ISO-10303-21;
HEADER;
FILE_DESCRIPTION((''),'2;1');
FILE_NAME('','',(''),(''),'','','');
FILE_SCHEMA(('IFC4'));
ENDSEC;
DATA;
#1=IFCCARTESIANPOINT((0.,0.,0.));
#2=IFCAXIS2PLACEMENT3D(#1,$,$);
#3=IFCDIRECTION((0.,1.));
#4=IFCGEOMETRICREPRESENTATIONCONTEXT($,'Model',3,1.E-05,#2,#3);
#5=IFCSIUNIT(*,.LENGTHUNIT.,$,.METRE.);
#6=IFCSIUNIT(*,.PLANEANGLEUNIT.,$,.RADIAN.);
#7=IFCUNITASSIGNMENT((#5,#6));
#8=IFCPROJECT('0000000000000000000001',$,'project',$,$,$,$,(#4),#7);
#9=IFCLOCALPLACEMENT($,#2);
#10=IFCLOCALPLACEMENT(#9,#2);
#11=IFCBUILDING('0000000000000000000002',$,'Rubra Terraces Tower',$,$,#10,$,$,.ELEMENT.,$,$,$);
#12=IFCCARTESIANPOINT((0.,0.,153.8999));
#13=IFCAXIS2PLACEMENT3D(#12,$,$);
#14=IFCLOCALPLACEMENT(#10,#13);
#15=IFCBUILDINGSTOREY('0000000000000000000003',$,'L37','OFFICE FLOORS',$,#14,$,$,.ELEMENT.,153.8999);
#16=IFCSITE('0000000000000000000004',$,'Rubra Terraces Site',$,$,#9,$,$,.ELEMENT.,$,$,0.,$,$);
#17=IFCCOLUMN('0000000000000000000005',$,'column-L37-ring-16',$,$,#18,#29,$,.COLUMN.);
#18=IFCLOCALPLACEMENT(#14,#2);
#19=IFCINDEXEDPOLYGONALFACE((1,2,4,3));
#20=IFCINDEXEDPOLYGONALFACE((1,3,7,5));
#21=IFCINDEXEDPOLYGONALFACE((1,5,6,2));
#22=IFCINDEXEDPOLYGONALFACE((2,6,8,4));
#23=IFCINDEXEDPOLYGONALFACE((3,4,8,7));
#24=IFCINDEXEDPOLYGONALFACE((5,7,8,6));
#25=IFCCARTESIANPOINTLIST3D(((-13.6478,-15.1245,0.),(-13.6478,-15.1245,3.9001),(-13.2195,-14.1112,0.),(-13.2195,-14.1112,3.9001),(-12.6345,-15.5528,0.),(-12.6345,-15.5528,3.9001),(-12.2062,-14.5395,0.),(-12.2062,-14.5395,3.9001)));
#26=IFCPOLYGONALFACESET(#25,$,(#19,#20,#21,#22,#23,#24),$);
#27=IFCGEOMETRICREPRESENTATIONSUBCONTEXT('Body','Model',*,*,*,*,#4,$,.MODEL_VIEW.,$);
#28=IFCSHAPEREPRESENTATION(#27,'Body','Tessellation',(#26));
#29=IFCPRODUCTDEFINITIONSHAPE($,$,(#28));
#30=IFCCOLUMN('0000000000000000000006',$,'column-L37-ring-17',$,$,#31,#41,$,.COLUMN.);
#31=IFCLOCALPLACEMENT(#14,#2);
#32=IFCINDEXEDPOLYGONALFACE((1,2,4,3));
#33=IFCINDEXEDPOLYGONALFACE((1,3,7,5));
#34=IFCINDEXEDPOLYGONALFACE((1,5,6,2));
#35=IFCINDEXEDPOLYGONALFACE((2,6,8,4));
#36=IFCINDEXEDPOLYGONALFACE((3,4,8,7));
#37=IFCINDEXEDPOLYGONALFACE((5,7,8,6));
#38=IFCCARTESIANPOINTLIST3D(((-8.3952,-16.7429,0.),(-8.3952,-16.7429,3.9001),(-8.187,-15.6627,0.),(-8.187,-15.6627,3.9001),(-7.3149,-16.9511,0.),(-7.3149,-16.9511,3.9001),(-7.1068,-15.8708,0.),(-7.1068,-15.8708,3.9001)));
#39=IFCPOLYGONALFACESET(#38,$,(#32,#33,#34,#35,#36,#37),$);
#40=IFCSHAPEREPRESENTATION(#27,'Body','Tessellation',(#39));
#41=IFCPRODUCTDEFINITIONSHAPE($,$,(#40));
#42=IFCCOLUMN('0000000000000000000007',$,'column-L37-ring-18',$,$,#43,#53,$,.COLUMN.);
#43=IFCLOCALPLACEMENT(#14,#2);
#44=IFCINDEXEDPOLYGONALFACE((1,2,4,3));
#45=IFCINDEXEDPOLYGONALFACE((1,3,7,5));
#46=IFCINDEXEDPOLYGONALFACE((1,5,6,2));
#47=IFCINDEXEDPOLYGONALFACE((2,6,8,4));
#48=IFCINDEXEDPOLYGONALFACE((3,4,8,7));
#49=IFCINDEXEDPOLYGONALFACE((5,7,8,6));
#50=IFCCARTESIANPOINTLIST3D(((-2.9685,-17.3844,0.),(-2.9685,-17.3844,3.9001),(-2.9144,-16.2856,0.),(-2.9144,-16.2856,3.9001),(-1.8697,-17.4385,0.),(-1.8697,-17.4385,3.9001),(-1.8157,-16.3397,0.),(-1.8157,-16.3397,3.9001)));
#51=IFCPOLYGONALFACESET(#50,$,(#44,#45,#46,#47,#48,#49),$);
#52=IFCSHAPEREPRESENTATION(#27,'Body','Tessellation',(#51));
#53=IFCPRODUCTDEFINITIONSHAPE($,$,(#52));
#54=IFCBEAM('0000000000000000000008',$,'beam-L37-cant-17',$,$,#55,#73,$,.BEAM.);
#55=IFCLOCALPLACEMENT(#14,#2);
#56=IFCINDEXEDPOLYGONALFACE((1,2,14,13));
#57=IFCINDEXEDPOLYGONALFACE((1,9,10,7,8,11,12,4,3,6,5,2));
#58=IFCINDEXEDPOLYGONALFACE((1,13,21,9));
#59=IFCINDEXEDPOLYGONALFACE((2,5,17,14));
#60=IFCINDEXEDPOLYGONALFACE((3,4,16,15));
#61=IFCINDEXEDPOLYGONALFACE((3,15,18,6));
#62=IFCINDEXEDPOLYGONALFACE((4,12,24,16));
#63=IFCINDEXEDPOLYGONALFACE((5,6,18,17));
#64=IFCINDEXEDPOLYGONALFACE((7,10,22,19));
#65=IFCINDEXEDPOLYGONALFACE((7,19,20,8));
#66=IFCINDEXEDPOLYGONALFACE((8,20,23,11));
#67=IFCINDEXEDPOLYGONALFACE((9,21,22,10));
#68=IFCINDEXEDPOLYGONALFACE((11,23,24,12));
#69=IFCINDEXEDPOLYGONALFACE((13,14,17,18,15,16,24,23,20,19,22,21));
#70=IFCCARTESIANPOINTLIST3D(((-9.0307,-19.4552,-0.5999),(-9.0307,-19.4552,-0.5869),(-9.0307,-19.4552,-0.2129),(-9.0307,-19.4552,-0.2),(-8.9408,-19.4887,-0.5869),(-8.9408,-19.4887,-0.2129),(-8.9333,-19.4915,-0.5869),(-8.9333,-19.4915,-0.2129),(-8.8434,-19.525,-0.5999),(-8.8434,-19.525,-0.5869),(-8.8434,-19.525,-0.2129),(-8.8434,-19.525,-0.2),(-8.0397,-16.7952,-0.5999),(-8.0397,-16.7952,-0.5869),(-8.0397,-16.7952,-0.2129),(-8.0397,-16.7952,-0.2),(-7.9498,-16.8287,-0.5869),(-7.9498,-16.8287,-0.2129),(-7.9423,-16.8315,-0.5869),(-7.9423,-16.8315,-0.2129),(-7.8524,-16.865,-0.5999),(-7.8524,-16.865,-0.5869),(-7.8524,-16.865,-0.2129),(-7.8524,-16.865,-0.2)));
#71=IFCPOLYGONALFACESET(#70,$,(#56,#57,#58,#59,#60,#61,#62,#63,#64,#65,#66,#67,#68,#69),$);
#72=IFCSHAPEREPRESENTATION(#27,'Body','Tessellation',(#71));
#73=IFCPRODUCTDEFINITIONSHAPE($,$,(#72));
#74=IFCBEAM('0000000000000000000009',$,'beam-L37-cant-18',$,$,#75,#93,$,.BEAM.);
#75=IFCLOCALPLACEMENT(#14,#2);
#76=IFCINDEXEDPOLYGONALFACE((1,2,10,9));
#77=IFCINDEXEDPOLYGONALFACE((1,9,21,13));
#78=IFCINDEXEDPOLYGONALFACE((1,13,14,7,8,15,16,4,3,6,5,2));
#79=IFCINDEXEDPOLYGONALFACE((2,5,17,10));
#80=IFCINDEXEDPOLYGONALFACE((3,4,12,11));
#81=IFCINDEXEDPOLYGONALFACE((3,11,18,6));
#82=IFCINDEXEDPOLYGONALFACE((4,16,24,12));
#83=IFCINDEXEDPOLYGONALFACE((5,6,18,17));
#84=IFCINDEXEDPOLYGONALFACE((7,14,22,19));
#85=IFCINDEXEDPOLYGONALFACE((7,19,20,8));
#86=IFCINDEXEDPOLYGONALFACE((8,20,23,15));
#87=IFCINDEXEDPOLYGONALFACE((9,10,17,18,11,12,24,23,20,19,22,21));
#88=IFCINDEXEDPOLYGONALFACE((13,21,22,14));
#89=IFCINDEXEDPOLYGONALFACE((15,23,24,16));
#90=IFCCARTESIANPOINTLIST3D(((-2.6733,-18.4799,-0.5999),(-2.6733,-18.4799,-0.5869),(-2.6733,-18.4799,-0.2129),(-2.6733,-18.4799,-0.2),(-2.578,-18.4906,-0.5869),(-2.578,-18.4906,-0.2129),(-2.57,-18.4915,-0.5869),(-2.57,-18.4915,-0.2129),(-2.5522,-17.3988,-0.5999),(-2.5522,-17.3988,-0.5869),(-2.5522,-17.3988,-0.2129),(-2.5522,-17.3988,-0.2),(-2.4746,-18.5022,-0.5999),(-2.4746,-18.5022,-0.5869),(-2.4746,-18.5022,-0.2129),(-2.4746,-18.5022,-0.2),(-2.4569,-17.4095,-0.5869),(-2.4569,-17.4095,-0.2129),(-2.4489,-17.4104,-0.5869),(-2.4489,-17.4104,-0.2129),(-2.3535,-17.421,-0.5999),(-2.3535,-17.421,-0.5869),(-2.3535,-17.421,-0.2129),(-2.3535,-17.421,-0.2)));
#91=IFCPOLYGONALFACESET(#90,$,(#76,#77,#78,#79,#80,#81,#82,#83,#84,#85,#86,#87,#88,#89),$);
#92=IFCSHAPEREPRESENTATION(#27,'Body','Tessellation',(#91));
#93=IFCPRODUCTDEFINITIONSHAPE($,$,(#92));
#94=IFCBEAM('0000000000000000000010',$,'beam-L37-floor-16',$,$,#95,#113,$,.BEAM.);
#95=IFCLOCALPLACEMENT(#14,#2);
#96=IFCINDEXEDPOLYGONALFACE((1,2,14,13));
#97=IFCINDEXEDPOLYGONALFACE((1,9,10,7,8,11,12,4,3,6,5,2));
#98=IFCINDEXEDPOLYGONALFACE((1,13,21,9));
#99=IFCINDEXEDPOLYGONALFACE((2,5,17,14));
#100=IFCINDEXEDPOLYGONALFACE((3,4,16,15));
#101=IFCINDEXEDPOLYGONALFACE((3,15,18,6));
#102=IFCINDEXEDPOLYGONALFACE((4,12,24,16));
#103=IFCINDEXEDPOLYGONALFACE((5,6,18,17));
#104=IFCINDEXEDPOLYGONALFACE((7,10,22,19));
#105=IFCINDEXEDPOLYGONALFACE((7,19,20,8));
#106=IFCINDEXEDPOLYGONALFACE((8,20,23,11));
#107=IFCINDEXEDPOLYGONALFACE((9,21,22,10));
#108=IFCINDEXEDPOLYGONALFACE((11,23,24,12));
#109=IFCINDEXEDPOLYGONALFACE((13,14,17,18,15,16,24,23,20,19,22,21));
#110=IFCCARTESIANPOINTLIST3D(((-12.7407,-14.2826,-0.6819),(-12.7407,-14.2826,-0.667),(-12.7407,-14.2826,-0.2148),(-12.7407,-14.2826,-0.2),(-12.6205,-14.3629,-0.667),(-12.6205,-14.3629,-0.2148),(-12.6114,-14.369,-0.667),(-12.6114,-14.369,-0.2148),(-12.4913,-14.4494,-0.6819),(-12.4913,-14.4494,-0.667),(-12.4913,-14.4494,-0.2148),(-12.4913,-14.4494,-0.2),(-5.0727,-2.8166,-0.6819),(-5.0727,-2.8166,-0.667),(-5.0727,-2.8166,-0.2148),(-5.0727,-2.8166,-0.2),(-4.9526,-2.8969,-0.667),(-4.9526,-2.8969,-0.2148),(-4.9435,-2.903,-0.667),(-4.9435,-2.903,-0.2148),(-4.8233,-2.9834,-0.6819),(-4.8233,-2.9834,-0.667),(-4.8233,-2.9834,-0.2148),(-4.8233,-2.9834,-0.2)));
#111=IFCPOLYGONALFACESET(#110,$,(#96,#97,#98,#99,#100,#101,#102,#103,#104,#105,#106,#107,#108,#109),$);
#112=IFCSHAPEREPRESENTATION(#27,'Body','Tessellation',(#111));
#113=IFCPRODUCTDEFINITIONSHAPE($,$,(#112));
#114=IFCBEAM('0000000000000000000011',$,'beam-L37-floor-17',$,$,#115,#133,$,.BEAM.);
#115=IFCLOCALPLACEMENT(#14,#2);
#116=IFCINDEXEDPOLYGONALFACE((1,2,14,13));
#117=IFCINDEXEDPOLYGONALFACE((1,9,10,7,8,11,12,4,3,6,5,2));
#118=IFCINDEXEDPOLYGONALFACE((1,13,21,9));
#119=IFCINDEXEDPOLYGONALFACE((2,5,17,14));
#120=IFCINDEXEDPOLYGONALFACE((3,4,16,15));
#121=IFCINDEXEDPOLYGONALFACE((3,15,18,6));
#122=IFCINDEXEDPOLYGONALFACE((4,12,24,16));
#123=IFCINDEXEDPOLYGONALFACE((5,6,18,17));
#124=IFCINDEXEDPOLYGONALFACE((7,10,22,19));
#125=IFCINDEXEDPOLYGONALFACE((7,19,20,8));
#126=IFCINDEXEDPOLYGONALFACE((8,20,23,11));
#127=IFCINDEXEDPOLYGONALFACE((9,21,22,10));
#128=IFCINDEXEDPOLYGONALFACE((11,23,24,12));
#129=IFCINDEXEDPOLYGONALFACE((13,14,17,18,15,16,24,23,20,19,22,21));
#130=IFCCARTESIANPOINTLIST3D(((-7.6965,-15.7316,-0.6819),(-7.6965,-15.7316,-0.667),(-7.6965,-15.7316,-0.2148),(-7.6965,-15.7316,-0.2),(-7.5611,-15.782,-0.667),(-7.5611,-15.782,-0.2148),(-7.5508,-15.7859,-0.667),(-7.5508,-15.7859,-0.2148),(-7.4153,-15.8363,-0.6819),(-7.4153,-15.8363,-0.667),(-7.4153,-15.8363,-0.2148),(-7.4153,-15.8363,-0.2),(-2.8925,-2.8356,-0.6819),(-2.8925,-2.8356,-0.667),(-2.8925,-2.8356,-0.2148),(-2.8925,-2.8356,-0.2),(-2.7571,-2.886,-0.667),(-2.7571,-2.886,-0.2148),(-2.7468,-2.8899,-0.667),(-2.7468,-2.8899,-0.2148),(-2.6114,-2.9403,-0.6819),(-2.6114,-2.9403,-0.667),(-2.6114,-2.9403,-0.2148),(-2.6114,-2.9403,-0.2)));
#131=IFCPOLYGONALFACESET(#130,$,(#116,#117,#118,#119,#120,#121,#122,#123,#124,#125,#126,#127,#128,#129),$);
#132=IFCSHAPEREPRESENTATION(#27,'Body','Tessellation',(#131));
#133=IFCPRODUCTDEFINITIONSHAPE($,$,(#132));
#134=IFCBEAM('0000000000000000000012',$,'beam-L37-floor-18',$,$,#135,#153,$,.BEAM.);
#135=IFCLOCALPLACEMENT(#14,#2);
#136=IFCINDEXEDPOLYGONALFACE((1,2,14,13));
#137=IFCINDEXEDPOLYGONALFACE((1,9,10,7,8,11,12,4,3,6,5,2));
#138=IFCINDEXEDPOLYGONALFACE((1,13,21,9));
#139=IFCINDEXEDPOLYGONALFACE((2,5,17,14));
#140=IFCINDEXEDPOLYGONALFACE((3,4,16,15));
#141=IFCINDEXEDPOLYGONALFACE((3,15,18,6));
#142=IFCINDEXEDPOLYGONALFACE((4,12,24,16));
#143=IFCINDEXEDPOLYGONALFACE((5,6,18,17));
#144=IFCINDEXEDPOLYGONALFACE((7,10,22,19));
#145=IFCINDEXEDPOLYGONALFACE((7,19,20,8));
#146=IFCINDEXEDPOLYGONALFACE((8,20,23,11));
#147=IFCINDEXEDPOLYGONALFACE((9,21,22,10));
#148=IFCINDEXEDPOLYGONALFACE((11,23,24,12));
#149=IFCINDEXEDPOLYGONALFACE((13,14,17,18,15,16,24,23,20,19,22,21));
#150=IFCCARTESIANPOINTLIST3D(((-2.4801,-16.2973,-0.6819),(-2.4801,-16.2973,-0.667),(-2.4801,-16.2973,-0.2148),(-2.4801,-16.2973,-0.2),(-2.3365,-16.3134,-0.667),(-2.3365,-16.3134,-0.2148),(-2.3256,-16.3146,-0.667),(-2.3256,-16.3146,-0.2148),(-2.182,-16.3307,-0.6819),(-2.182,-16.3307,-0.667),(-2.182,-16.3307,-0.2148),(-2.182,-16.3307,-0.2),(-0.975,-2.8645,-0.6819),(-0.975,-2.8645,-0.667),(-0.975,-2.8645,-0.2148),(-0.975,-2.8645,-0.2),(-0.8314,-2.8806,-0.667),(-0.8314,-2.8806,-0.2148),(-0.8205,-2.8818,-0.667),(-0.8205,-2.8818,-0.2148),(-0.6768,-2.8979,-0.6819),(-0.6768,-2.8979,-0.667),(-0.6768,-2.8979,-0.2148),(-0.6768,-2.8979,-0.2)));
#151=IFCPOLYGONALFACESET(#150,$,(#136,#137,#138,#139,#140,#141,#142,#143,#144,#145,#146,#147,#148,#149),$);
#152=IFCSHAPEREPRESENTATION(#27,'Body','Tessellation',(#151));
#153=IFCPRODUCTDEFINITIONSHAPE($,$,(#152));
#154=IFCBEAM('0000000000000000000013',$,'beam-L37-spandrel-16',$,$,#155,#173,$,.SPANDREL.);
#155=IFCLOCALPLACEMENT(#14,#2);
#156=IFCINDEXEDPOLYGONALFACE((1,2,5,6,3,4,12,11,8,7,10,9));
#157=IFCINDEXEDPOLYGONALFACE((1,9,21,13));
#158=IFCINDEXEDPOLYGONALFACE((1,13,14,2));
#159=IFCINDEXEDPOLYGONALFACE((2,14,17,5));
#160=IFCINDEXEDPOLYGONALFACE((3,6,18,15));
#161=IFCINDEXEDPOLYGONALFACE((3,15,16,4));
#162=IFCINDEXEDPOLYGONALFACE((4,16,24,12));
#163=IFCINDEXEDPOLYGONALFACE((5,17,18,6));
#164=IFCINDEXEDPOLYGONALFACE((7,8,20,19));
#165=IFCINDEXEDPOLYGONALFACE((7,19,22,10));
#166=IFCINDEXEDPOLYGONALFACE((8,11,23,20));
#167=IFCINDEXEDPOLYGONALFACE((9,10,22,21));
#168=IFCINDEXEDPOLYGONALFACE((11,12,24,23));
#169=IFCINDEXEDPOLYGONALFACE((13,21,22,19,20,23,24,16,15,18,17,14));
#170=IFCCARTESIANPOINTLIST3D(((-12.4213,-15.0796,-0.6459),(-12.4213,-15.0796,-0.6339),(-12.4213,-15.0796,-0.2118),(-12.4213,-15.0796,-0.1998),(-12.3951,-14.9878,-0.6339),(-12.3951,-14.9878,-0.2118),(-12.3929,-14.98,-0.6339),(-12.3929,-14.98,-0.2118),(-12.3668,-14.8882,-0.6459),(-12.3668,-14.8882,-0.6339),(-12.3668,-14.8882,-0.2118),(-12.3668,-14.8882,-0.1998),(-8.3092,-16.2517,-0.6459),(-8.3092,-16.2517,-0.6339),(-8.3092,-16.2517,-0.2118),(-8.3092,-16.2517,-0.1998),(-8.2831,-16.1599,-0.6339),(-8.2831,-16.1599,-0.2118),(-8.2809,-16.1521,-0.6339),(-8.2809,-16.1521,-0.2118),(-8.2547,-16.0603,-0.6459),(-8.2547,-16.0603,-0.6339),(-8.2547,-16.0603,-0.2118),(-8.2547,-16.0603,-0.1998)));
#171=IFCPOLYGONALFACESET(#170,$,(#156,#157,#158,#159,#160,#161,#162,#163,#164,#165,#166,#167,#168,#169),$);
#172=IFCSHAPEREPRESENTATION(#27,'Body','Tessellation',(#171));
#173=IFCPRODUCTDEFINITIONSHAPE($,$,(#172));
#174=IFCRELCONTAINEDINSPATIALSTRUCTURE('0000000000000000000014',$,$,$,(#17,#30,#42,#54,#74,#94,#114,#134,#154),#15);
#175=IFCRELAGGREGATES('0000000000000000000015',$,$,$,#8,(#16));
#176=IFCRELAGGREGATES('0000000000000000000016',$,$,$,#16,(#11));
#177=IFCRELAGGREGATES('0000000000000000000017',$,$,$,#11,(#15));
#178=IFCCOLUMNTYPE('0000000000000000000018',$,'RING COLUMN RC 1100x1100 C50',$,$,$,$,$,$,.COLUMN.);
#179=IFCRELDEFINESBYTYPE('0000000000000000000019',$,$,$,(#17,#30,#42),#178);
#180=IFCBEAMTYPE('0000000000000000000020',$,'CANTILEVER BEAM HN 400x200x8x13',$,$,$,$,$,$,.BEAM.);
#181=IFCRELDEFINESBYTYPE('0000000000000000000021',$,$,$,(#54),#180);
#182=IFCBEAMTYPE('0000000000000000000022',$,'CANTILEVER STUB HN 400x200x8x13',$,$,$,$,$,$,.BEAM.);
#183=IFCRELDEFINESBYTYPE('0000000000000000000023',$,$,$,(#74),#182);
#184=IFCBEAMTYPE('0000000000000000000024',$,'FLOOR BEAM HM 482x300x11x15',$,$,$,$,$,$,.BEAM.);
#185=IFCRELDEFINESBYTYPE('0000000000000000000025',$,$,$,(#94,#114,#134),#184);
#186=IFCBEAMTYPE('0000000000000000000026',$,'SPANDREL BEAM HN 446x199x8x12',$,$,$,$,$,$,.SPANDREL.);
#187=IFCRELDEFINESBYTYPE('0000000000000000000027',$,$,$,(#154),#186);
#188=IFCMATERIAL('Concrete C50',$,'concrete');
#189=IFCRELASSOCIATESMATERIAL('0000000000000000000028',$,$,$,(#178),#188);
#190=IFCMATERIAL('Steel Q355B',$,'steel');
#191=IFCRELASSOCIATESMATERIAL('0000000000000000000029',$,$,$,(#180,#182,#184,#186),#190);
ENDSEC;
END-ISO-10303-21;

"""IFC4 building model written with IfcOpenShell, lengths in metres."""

from ifc_helpers import new_model, si_unit, direction, frame, origin, origin_2d, place, context, subcontext, project, spatial, rectangle, i_section, extrude, material, material_profile, profile_set, type_object, element, save


model = new_model("IFC4")

# Units and contexts
model_context = context("Model", 3, precision=1e-05, world=origin(), true_north=direction((0.0, 1.0)))
body_context = subcontext(model_context, "Body", "Model", "MODEL_VIEW")
ifc_project = project(units=[si_unit("LENGTHUNIT", "METRE"), si_unit("PLANEANGLEUNIT", "RADIAN")], contexts=[model_context])

# Site, building, storey
site_placement = place(None, origin())
site = spatial("IfcSite", under=ifc_project, at=site_placement, Name="Rubra Terraces Site", CompositionType="ELEMENT", RefElevation=0.0)
building_placement = place(site_placement, origin())
building = spatial("IfcBuilding", under=site, at=building_placement, Name="Rubra Terraces Tower", CompositionType="ELEMENT")
storey_placement = place(building_placement, frame((0.0, 0.0, 153.8999)))
storey = spatial("IfcBuildingStorey", under=building, at=storey_placement, Name="L37", Description="OFFICE FLOORS", CompositionType="ELEMENT", Elevation=153.8999)

# Columns
ifc_material_1 = material(Name="Concrete C50", Category="concrete")
ifc_material_profile_1 = material_profile(ifc_material_1, rectangle(XDim=1.1001, YDim=1.1001, at=origin_2d()), Name="RC 1100x1100")
ifc_profile_set_1 = profile_set([ifc_material_profile_1], Name="Concrete C50")
column_type = type_object("IfcColumnType", Name="RING COLUMN RC 1100x1100 C50", PredefinedType="COLUMN", material=ifc_profile_set_1)
for number, where, z_axis, x_axis, name in (
    (1, (-12.927, -14.832, 0.0), (0.0, 0.0, 1.0), (0.921106, -0.389313, 0.0), "column-L37-ring-16"),
    (2, (-7.751, -16.3069, 0.0), (0.0, 0.0, 1.0), (0.981937, -0.18921, 0.0), "column-L37-ring-17"),
    (3, (-2.3921, -16.8621, 0.0), (0.0, 0.0, 1.0), (0.998791, -0.04915, 0.0), "column-L37-ring-18"),
):
    element("IfcColumn", number, at=place(storey_placement, frame(where, z_axis=z_axis, x_axis=x_axis)), inside=storey, type_object=column_type, Name=name, PredefinedType="COLUMN", context=body_context, shape_type="SweptSolid", body=[
        extrude(rectangle(XDim=1.1001, YDim=1.1001, at=origin_2d()), origin(), (0.0, 0.0, 1.0), 3.9001),
    ])

# Beams
ifc_material_2 = material(Name="Steel Q355B", Category="steel")
ifc_material_profile_2 = material_profile(ifc_material_2, i_section(OverallWidth=0.2, OverallDepth=0.3999, WebThickness=0.0081, FlangeThickness=0.0129, at=origin_2d()), Name="HN 400x200x8x13")
ifc_profile_set_2 = profile_set([ifc_material_profile_2], Name="Steel Q355B")
beam_type_1 = type_object("IfcBeamType", Name="CANTILEVER BEAM HN 400x200x8x13", PredefinedType="BEAM", material=ifc_profile_set_2)
beam_1_placement = place(storey_placement, frame((-7.946, -16.8301, -0.3999), z_axis=(-0.349115, -0.93708, 0.0), x_axis=(0.93708, -0.349115, 0.0)))
element("IfcBeam", 4, at=beam_1_placement, inside=storey, type_object=beam_type_1, Name="beam-L37-cant-17", PredefinedType="BEAM", context=body_context, shape_type="SweptSolid", body=[
    extrude(i_section(OverallWidth=0.2, OverallDepth=0.3999, WebThickness=0.0081, FlangeThickness=0.0129, at=origin_2d()), origin(), (0.0, 0.0, 1.0), 2.8386),
])
ifc_material_profile_3 = material_profile(ifc_material_2, i_section(OverallWidth=0.2, OverallDepth=0.3999, WebThickness=0.0081, FlangeThickness=0.0129, at=origin_2d()), Name="HN 400x200x8x13")
ifc_profile_set_3 = profile_set([ifc_material_profile_3], Name="Steel Q355B")
beam_type_2 = type_object("IfcBeamType", Name="CANTILEVER STUB HN 400x200x8x13", PredefinedType="BEAM", material=ifc_profile_set_3)
beam_2_placement = place(storey_placement, frame((-2.4529, -17.4099, -0.3999), z_axis=(-0.111318, -0.993785, 0.0), x_axis=(0.993785, -0.111318, 0.0)))
element("IfcBeam", 5, at=beam_2_placement, inside=storey, type_object=beam_type_2, Name="beam-L37-cant-18", PredefinedType="BEAM", context=body_context, shape_type="SweptSolid", body=[
    extrude(i_section(OverallWidth=0.2, OverallDepth=0.3999, WebThickness=0.0081, FlangeThickness=0.0129, at=origin_2d()), origin(), (0.0, 0.0, 1.0), 1.0879),
])
ifc_material_profile_4 = material_profile(ifc_material_2, i_section(OverallWidth=0.3, OverallDepth=0.4819, WebThickness=0.011, FlangeThickness=0.0149, at=origin_2d()), Name="HM 482x300x11x15")
ifc_profile_set_4 = profile_set([ifc_material_profile_4], Name="Steel Q355B")
beam_type_3 = type_object("IfcBeamType", Name="FLOOR BEAM HM 482x300x11x15", PredefinedType="BEAM", material=ifc_profile_set_4)
beam_3_placement = place(storey_placement, frame((-12.616, -14.366, -0.4409), z_axis=(0.5559, 0.831249, 0.0), x_axis=(-0.831249, 0.5559, 0.0)))
element("IfcBeam", 6, at=beam_3_placement, inside=storey, type_object=beam_type_3, Name="beam-L37-floor-16", PredefinedType="BEAM", context=body_context, shape_type="SweptSolid", body=[
    extrude(i_section(OverallWidth=0.3, OverallDepth=0.4819, WebThickness=0.011, FlangeThickness=0.0149, at=origin_2d()), origin(), (0.0, 0.0, 1.0), 13.7937),
])
beam_4_placement = place(storey_placement, frame((-7.5559, -15.7839, -0.4409), z_axis=(0.349081, 0.937092, 0.0), x_axis=(-0.937092, 0.349081, 0.0)))
element("IfcBeam", 7, at=beam_4_placement, inside=storey, type_object=beam_type_3, Name="beam-L37-floor-17", PredefinedType="BEAM", context=body_context, shape_type="SweptSolid", body=[
    extrude(i_section(OverallWidth=0.3, OverallDepth=0.4819, WebThickness=0.011, FlangeThickness=0.0149, at=origin_2d()), origin(), (0.0, 0.0, 1.0), 13.7617),
])
beam_5_placement = place(storey_placement, frame((-2.3311, -16.314, -0.4409), z_axis=(0.111351, 0.993781, 0.0), x_axis=(-0.993781, 0.111351, 0.0)))
element("IfcBeam", 8, at=beam_5_placement, inside=storey, type_object=beam_type_3, Name="beam-L37-floor-18", PredefinedType="BEAM", context=body_context, shape_type="SweptSolid", body=[
    extrude(i_section(OverallWidth=0.3, OverallDepth=0.4819, WebThickness=0.011, FlangeThickness=0.0149, at=origin_2d()), origin(), (0.0, 0.0, 1.0), 13.5168),
])
ifc_material_profile_5 = material_profile(ifc_material_2, i_section(OverallWidth=0.199, OverallDepth=0.446, WebThickness=0.0081, FlangeThickness=0.012, at=origin_2d()), Name="HN 446x199x8x12")
ifc_profile_set_5 = profile_set([ifc_material_profile_5], Name="Steel Q355B")
beam_type_4 = type_object("IfcBeamType", Name="SPANDREL BEAM HN 446x199x8x12", PredefinedType="SPANDREL", material=ifc_profile_set_5)
beam_6_placement = place(storey_placement, frame((-12.394, -14.9839, -0.4229), z_axis=(0.961694, -0.274125, 0.0), x_axis=(0.274125, 0.961694, 0.0)))
element("IfcBeam", 9, at=beam_6_placement, inside=storey, type_object=beam_type_4, Name="beam-L37-spandrel-16", PredefinedType="SPANDREL", context=body_context, shape_type="SweptSolid", body=[
    extrude(i_section(OverallWidth=0.199, OverallDepth=0.446, WebThickness=0.0081, FlangeThickness=0.012, at=origin_2d()), origin(), (0.0, 0.0, 1.0), 4.2759),
])

save(model, "model.ifc")
